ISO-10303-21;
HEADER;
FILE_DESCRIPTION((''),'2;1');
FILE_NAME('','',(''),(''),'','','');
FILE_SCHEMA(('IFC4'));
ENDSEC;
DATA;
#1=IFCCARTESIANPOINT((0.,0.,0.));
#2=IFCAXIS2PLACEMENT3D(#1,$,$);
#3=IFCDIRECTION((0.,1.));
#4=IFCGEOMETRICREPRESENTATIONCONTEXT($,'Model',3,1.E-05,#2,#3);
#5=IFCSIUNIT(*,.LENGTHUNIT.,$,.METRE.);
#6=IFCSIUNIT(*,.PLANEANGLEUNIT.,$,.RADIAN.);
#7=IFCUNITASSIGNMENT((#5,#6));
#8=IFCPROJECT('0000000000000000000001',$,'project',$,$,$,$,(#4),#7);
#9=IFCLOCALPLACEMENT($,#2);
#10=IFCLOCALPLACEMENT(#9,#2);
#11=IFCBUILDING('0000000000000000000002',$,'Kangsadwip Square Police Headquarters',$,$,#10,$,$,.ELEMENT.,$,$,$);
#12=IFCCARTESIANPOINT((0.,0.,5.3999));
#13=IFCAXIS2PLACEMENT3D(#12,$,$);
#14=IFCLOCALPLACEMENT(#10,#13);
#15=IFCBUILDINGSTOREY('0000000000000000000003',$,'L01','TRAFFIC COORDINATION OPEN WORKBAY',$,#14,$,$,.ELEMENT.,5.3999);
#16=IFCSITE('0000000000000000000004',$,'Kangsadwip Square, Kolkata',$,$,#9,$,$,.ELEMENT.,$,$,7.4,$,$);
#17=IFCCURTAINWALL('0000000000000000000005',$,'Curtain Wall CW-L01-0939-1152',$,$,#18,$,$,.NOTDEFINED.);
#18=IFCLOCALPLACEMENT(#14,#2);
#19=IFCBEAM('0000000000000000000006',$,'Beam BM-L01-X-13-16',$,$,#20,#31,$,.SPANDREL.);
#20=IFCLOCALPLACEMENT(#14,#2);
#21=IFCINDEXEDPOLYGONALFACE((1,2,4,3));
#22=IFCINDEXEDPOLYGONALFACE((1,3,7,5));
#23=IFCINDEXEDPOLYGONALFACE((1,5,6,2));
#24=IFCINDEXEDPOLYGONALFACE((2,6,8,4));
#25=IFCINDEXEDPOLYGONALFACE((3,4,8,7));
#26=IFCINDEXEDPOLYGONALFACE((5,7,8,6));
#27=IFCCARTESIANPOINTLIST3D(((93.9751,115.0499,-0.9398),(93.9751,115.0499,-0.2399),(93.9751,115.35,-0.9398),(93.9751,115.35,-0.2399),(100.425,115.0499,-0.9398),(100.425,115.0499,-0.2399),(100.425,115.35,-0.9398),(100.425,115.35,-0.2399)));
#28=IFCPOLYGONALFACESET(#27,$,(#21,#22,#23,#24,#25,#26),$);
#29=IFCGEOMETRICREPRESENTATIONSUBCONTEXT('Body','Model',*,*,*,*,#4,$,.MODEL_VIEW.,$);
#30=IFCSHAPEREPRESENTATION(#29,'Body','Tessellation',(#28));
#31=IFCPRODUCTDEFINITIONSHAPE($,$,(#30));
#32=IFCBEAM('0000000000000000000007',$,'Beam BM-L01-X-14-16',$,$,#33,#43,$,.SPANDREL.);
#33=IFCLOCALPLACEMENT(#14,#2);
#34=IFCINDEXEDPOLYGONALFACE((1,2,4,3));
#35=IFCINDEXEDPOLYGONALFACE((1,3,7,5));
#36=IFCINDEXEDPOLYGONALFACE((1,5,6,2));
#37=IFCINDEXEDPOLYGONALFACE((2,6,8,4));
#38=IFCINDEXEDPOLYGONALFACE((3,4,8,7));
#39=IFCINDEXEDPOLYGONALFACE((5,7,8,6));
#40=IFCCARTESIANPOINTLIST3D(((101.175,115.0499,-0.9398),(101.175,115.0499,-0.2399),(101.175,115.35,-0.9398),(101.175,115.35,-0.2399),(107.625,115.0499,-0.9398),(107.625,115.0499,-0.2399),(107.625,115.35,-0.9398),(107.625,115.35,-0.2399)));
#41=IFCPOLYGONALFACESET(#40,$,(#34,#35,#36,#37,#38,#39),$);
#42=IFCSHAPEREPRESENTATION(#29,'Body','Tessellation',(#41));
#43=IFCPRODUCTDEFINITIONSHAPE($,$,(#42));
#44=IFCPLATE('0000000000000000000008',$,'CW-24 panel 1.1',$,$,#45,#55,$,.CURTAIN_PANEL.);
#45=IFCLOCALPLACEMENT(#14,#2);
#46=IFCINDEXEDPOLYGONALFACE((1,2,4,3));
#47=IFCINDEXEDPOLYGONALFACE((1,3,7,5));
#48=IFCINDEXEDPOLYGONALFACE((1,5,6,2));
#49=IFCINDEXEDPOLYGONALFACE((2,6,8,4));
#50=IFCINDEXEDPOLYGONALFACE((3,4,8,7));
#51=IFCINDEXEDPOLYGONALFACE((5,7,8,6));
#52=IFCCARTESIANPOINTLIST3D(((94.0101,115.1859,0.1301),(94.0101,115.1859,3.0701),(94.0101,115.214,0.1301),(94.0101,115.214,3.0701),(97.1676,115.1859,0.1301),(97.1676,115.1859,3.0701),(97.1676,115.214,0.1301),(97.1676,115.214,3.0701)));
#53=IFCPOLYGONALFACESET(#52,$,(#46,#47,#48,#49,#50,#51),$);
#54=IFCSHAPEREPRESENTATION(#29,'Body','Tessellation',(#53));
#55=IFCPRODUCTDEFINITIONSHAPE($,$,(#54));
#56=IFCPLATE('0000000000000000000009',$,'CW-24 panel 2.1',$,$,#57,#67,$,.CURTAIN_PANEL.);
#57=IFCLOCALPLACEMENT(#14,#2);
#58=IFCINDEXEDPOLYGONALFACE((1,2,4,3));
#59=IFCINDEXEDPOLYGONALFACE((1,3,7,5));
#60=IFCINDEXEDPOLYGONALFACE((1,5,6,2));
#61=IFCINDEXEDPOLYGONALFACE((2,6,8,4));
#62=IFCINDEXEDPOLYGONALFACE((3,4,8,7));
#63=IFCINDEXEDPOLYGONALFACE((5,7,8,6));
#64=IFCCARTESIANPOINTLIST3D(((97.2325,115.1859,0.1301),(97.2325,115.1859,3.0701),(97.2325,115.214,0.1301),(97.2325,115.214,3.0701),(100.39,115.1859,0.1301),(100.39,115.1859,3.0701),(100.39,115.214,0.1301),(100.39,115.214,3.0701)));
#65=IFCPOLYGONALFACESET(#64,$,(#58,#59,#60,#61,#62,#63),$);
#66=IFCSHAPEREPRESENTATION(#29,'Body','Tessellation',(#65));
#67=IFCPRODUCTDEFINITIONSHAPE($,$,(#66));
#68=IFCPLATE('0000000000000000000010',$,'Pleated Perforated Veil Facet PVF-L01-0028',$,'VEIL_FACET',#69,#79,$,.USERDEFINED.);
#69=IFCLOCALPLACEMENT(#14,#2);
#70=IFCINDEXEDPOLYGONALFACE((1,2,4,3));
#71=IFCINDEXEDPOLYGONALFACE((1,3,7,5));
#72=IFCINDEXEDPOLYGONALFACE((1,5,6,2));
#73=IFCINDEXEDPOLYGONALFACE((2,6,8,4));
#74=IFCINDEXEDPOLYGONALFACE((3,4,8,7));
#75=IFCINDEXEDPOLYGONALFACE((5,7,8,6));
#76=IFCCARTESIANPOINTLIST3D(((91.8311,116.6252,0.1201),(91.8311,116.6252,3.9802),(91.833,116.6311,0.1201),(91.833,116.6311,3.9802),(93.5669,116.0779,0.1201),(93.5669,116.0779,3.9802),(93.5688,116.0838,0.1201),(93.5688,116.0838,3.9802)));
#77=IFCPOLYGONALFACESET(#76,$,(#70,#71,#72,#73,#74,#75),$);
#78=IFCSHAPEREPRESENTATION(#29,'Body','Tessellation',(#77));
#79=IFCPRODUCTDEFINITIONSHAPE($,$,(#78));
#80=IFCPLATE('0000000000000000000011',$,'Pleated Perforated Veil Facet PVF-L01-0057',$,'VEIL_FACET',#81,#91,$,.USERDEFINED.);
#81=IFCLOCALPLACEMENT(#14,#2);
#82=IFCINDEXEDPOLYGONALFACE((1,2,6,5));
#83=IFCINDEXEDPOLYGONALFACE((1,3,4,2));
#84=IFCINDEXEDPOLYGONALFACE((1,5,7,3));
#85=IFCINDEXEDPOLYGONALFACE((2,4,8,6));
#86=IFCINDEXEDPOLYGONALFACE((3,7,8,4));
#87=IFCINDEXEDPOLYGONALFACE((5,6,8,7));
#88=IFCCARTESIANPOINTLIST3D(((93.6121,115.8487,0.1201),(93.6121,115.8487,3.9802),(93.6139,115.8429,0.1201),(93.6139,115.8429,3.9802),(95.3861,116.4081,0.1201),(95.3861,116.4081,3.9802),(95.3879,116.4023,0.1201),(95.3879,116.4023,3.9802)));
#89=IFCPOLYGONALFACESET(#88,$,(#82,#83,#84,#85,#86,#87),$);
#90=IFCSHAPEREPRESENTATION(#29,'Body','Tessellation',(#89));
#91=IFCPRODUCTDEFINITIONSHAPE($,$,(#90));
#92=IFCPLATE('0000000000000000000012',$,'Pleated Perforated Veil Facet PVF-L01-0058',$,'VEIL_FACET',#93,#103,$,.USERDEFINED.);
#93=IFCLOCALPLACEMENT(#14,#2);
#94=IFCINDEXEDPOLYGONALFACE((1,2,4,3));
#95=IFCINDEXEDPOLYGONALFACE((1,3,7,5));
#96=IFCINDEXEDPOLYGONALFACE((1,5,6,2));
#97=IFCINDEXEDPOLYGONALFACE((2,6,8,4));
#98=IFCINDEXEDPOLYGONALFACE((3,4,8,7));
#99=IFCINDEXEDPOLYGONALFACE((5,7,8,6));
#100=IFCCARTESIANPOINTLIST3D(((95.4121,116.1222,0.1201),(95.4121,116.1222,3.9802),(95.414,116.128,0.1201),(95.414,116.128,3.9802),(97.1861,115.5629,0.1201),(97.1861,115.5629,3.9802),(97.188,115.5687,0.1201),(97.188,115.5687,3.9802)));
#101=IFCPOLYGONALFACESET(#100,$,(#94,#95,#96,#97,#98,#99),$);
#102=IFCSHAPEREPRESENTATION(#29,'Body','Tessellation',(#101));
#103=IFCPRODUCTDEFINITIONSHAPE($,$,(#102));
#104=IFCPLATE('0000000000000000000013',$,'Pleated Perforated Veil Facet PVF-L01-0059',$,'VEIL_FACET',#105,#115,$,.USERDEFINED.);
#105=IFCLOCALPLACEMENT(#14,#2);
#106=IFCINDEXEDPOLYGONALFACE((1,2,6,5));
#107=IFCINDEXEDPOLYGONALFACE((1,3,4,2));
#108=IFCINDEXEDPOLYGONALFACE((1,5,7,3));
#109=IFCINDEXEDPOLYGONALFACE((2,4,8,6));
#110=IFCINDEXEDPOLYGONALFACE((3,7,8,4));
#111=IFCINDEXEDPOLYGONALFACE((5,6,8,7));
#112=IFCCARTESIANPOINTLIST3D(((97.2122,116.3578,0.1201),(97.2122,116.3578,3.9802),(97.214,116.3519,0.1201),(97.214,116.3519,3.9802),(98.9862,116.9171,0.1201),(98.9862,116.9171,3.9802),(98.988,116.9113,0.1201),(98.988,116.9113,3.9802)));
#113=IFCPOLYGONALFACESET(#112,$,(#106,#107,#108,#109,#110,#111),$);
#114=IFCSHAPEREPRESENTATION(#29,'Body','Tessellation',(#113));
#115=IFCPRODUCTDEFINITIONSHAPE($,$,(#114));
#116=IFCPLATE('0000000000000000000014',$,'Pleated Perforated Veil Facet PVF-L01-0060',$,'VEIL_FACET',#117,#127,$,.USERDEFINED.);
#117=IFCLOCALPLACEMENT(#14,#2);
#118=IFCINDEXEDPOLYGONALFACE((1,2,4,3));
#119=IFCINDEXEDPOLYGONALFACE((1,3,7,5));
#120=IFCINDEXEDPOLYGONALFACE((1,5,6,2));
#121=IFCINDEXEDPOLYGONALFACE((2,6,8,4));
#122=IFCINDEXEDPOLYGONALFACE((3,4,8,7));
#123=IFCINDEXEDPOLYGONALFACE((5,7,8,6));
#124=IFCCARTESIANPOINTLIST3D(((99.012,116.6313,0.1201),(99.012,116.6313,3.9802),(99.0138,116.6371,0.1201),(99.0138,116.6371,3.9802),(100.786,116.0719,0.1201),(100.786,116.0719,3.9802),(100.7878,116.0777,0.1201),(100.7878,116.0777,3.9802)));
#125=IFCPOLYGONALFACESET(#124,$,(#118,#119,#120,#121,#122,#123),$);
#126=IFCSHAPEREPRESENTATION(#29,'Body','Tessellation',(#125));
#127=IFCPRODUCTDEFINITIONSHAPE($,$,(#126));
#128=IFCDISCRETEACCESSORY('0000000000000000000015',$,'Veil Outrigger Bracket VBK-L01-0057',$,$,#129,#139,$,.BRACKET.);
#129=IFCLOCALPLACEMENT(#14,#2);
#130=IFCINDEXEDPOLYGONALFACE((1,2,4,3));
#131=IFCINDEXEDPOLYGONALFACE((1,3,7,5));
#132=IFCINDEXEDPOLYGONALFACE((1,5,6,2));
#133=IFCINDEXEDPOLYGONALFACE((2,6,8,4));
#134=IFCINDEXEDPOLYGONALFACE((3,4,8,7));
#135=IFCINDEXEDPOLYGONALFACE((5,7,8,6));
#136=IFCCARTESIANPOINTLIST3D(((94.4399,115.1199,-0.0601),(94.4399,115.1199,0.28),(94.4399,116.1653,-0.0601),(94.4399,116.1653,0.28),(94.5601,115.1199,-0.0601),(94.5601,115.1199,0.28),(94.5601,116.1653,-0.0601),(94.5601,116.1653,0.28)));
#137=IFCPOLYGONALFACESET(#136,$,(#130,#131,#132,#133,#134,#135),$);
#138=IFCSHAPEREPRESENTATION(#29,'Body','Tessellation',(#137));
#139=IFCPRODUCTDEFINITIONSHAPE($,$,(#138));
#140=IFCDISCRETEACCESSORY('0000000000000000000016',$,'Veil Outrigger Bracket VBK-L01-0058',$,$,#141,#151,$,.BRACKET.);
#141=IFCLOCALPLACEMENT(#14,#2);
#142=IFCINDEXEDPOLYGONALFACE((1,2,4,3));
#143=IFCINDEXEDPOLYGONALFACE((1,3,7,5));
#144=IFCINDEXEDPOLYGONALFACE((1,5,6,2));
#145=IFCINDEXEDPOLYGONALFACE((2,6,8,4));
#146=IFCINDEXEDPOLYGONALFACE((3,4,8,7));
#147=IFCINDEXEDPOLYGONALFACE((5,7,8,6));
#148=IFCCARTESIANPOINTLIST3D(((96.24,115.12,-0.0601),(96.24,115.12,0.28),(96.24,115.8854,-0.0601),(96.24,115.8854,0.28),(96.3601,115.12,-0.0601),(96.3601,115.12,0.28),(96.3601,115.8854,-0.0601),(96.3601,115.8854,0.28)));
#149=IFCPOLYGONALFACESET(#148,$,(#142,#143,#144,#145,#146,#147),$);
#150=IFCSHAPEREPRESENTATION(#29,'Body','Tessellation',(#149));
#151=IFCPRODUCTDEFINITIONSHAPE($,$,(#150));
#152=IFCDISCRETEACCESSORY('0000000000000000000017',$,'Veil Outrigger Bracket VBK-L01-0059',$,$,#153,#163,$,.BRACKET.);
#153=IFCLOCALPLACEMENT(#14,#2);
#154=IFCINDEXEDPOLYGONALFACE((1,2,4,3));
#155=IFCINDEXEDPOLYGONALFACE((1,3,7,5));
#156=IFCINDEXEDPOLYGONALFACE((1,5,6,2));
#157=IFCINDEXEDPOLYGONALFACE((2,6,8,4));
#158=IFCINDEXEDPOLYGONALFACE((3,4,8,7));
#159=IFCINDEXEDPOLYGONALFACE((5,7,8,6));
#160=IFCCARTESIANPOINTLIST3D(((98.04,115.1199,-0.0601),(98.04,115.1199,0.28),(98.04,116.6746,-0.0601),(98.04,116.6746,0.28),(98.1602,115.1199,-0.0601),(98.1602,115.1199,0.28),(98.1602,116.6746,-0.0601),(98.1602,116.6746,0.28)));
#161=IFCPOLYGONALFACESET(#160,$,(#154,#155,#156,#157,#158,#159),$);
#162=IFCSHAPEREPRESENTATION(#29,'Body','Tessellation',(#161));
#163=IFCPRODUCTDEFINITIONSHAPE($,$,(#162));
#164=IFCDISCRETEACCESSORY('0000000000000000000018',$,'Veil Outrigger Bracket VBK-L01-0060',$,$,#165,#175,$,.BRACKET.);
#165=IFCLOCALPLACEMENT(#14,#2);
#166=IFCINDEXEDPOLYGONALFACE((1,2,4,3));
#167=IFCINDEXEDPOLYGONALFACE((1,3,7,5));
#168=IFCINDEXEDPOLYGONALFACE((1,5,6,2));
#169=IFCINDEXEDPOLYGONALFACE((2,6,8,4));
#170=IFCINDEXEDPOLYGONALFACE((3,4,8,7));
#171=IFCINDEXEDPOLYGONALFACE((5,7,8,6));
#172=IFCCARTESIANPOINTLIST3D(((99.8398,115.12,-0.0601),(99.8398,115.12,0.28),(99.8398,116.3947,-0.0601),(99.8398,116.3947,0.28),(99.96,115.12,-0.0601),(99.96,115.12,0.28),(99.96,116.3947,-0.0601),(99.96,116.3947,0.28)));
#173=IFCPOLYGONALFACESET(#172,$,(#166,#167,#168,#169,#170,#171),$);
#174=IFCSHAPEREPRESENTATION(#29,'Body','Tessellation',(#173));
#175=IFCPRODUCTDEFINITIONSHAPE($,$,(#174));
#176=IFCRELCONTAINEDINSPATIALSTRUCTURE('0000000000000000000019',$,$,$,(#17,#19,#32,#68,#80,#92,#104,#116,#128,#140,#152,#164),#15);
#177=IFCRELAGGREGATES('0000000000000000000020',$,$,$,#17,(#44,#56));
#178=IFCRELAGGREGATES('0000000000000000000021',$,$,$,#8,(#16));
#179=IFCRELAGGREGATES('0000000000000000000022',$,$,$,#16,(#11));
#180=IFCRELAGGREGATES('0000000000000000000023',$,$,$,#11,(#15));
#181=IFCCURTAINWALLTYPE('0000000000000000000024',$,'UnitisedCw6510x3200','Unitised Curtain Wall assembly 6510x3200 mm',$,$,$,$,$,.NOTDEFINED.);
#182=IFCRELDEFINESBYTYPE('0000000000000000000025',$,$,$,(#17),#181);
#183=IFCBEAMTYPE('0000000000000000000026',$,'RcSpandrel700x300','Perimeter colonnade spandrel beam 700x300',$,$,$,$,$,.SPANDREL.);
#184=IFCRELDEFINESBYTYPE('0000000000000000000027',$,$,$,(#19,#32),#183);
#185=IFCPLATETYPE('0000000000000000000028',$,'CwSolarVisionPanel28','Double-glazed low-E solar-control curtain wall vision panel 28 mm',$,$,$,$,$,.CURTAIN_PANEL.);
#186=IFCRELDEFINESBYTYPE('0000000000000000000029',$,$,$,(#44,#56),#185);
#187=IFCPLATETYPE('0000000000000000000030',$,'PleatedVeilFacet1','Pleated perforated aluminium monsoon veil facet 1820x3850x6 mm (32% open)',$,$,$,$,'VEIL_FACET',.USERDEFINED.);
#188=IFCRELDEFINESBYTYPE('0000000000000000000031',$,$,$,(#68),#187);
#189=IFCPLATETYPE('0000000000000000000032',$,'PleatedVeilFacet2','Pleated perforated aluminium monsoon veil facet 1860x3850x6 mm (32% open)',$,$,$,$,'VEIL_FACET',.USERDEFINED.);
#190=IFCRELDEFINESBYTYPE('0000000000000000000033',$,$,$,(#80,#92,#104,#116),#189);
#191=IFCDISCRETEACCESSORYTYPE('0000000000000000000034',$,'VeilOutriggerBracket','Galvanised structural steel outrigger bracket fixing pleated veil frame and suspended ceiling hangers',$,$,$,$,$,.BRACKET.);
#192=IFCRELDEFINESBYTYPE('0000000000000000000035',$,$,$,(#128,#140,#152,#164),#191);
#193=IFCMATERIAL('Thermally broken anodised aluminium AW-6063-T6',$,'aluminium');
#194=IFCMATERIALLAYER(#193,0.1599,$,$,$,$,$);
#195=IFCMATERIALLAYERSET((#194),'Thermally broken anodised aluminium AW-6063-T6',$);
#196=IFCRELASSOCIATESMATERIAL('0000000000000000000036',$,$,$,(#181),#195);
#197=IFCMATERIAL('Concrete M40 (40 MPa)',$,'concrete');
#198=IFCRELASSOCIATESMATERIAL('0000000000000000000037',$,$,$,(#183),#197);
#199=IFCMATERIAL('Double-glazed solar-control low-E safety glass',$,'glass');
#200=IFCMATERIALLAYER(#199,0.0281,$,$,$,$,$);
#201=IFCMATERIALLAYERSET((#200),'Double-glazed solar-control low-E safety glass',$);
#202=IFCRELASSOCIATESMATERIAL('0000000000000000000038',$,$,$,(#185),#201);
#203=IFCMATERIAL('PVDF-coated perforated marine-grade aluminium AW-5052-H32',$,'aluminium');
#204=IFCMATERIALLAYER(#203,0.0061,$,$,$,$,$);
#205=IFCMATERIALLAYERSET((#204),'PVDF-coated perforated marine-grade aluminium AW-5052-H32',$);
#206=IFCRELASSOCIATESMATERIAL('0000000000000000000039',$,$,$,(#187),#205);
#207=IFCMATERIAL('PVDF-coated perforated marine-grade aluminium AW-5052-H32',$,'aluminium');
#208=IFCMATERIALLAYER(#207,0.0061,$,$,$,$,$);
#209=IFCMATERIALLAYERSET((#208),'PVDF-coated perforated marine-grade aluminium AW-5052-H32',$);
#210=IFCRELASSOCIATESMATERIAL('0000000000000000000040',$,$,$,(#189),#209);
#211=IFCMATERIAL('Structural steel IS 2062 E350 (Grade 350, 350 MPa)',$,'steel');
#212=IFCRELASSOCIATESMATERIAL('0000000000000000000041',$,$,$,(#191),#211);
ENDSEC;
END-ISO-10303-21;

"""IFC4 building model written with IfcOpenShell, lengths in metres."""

from ifc_helpers import new_model, si_unit, direction, frame, origin, origin_2d, place, context, subcontext, project, spatial, rectangle, extrude, material, layer, layer_set, material_profile, profile_set, type_object, element, aggregate, save


model = new_model("IFC4")

# Units and contexts
model_context = context("Model", 3, precision=1e-05, world=origin(), true_north=direction((0.0, 1.0)))
body_context = subcontext(model_context, "Body", "Model", "MODEL_VIEW")
ifc_project = project(units=[si_unit("LENGTHUNIT", "METRE"), si_unit("PLANEANGLEUNIT", "RADIAN")], contexts=[model_context])

# Site, building, storey
site_placement = place(None, origin())
site = spatial("IfcSite", under=ifc_project, at=site_placement, Name="Kangsadwip Square, Kolkata", CompositionType="ELEMENT", RefElevation=7.4)
building_placement = place(site_placement, origin())
building = spatial("IfcBuilding", under=site, at=building_placement, Name="Kangsadwip Square Police Headquarters", CompositionType="ELEMENT")
storey_placement = place(building_placement, frame((0.0, 0.0, 5.3999)))
storey = spatial("IfcBuildingStorey", under=building, at=storey_placement, Name="L01", Description="TRAFFIC COORDINATION OPEN WORKBAY", CompositionType="ELEMENT", Elevation=5.3999)

# Curtain wall
ifc_material_1 = material(Name="Thermally broken anodised aluminium AW-6063-T6", Category="aluminium")
ifc_layer_1 = layer(ifc_material_1, 0.1599)
ifc_layer_set_1 = layer_set([ifc_layer_1], Name="Thermally broken anodised aluminium AW-6063-T6")
curtain_wall_type_1 = type_object("IfcCurtainWallType", Name="UnitisedCw6510x3200", Description="Unitised Curtain Wall assembly 6510x3200 mm", PredefinedType="NOTDEFINED", material=ifc_layer_set_1)
curtain_wall_1_placement = place(storey_placement, origin())
curtain_wall_1 = element("IfcCurtainWall", 1, at=curtain_wall_1_placement, inside=storey, type_object=curtain_wall_type_1, Name="Curtain Wall CW-L01-0939-1152", PredefinedType="NOTDEFINED")

# Beams
ifc_material_2 = material(Name="Concrete M40 (40 MPa)", Category="concrete")
ifc_material_profile_1 = material_profile(ifc_material_2, rectangle(XDim=0.3, YDim=0.7, at=origin_2d()), Name="RC SPN 700X300")
ifc_profile_set_1 = profile_set([ifc_material_profile_1], Name="Concrete M40 (40 MPa)")
beam_type = type_object("IfcBeamType", Name="RcSpandrel700x300", Description="Perimeter colonnade spandrel beam 700x300", PredefinedType="SPANDREL", material=ifc_profile_set_1)
for number, where, z_axis, x_axis, name in (
    (2, (93.9751, 115.2, -0.5898), (1.0, 0.0, 0.0), (0.0, 1.0, 0.0), "Beam BM-L01-X-13-16"),
    (3, (101.175, 115.2, -0.5898), (1.0, 0.0, 0.0), (0.0, 1.0, 0.0), "Beam BM-L01-X-14-16"),
):
    element("IfcBeam", number, at=place(storey_placement, frame(where, z_axis=z_axis, x_axis=x_axis)), inside=storey, type_object=beam_type, Name=name, PredefinedType="SPANDREL", context=body_context, shape_type="SweptSolid", body=[
        extrude(rectangle(XDim=0.3, YDim=0.7, at=origin_2d()), origin(), (0.0, 0.0, 1.0), 6.45),
    ])

# Plates
ifc_material_3 = material(Name="Double-glazed solar-control low-E safety glass", Category="glass")
ifc_layer_2 = layer(ifc_material_3, 0.0281)
ifc_layer_set_2 = layer_set([ifc_layer_2], Name="Double-glazed solar-control low-E safety glass")
plate_type_1 = type_object("IfcPlateType", Name="CwSolarVisionPanel28", Description="Double-glazed low-E solar-control curtain wall vision panel 28 mm", PredefinedType="CURTAIN_PANEL", material=ifc_layer_set_2)
plate_1_placement = place(storey_placement, frame((95.5889, 115.2, 0.1301), z_axis=(0.0, 0.0, 1.0), x_axis=(1.0, 0.0, 0.0)))
plate_1 = element("IfcPlate", 4, at=plate_1_placement, type_object=plate_type_1, Name="CW-24 panel 1.1", PredefinedType="CURTAIN_PANEL", context=body_context, shape_type="SweptSolid", body=[
    extrude(rectangle(XDim=3.1575, YDim=0.0281, at=origin_2d()), origin(), (0.0, 0.0, 1.0), 2.9399),
])
plate_2_placement = place(storey_placement, frame((98.8113, 115.2, 0.1301), z_axis=(0.0, 0.0, 1.0), x_axis=(1.0, 0.0, 0.0)))
plate_2 = element("IfcPlate", 5, at=plate_2_placement, type_object=plate_type_1, Name="CW-24 panel 2.1", PredefinedType="CURTAIN_PANEL", context=body_context, shape_type="SweptSolid", body=[
    extrude(rectangle(XDim=3.1575, YDim=0.0281, at=origin_2d()), origin(), (0.0, 0.0, 1.0), 2.9399),
])
aggregate(curtain_wall_1, [plate_1, plate_2])

# Plates
ifc_material_4 = material(Name="PVDF-coated perforated marine-grade aluminium AW-5052-H32", Category="aluminium")
ifc_layer_3 = layer(ifc_material_4, 0.0061)
ifc_layer_set_3 = layer_set([ifc_layer_3], Name="PVDF-coated perforated marine-grade aluminium AW-5052-H32")
plate_type_2 = type_object("IfcPlateType", Name="PleatedVeilFacet1", Description="Pleated perforated aluminium monsoon veil facet 1820x3850x6 mm (32% open)", ElementType="VEIL_FACET", PredefinedType="USERDEFINED", material=ifc_layer_set_3)
plate_3_placement = place(storey_placement, frame((92.7, 116.3545, 0.1201), z_axis=(0.0, 0.0, 1.0), x_axis=(0.953717, -0.300706, 0.0)))
element("IfcPlate", 6, at=plate_3_placement, inside=storey, type_object=plate_type_2, Name="Pleated Perforated Veil Facet PVF-L01-0028", ObjectType="VEIL_FACET", PredefinedType="USERDEFINED", context=body_context, shape_type="SweptSolid", body=[
    extrude(rectangle(XDim=1.8201, YDim=0.0061, at=origin_2d()), origin(), (0.0, 0.0, 1.0), 3.8601),
])
ifc_material_5 = material(Name="PVDF-coated perforated marine-grade aluminium AW-5052-H32", Category="aluminium")
ifc_layer_4 = layer(ifc_material_5, 0.0061)
ifc_layer_set_4 = layer_set([ifc_layer_4], Name="PVDF-coated perforated marine-grade aluminium AW-5052-H32")
plate_type_3 = type_object("IfcPlateType", Name="PleatedVeilFacet2", Description="Pleated perforated aluminium monsoon veil facet 1860x3850x6 mm (32% open)", ElementType="VEIL_FACET", PredefinedType="USERDEFINED", material=ifc_layer_set_4)
for number, where, z_axis, x_axis, name in (
    (7, (94.5, 116.1255, 0.1201), (0.0, 0.0, 1.0), (0.953717, 0.300706, 0.0), "Pleated Perforated Veil Facet PVF-L01-0057"),
    (8, (96.3, 115.8455, 0.1201), (0.0, 0.0, 1.0), (0.953717, -0.300706, 0.0), "Pleated Perforated Veil Facet PVF-L01-0058"),
    (9, (98.1001, 116.6345, 0.1201), (0.0, 0.0, 1.0), (0.953717, 0.300706, 0.0), "Pleated Perforated Veil Facet PVF-L01-0059"),
    (10, (99.8999, 116.3545, 0.1201), (0.0, 0.0, 1.0), (0.953717, -0.300706, 0.0), "Pleated Perforated Veil Facet PVF-L01-0060"),
):
    element("IfcPlate", number, at=place(storey_placement, frame(where, z_axis=z_axis, x_axis=x_axis)), inside=storey, type_object=plate_type_3, Name=name, ObjectType="VEIL_FACET", PredefinedType="USERDEFINED", context=body_context, shape_type="SweptSolid", body=[
        extrude(rectangle(XDim=1.8601, YDim=0.0061, at=origin_2d()), origin(), (0.0, 0.0, 1.0), 3.8601),
    ])

# Discrete accessories
ifc_material_6 = material(Name="Structural steel IS 2062 E350 (Grade 350, 350 MPa)", Category="steel")
discrete_accessory_type = type_object("IfcDiscreteAccessoryType", Name="VeilOutriggerBracket", Description="Galvanised structural steel outrigger bracket fixing pleated veil frame and suspended ceiling hangers", PredefinedType="BRACKET", material=ifc_material_6)
discrete_accessory_1_placement = place(storey_placement, frame((94.5, 115.6426, -0.0601), z_axis=(0.0, 0.0, 1.0), x_axis=(1.0, 0.0, 0.0)))
element("IfcDiscreteAccessory", 11, at=discrete_accessory_1_placement, inside=storey, type_object=discrete_accessory_type, Name="Veil Outrigger Bracket VBK-L01-0057", PredefinedType="BRACKET", context=body_context, shape_type="SweptSolid", body=[
    extrude(rectangle(XDim=0.1201, YDim=1.0454, at=origin_2d()), origin(), (0.0, 0.0, 1.0), 0.3401),
])
discrete_accessory_2_placement = place(storey_placement, frame((96.3, 115.5027, -0.0601), z_axis=(0.0, 0.0, 1.0), x_axis=(1.0, 0.0, 0.0)))
element("IfcDiscreteAccessory", 12, at=discrete_accessory_2_placement, inside=storey, type_object=discrete_accessory_type, Name="Veil Outrigger Bracket VBK-L01-0058", PredefinedType="BRACKET", context=body_context, shape_type="SweptSolid", body=[
    extrude(rectangle(XDim=0.1201, YDim=0.7654, at=origin_2d()), origin(), (0.0, 0.0, 1.0), 0.3401),
])
discrete_accessory_3_placement = place(storey_placement, frame((98.1001, 115.8972, -0.0601), z_axis=(0.0, 0.0, 1.0), x_axis=(1.0, 0.0, 0.0)))
element("IfcDiscreteAccessory", 13, at=discrete_accessory_3_placement, inside=storey, type_object=discrete_accessory_type, Name="Veil Outrigger Bracket VBK-L01-0059", PredefinedType="BRACKET", context=body_context, shape_type="SweptSolid", body=[
    extrude(rectangle(XDim=0.1201, YDim=1.5547, at=origin_2d()), origin(), (0.0, 0.0, 1.0), 0.3401),
])
discrete_accessory_4_placement = place(storey_placement, frame((99.8999, 115.7573, -0.0601), z_axis=(0.0, 0.0, 1.0), x_axis=(1.0, 0.0, 0.0)))
element("IfcDiscreteAccessory", 14, at=discrete_accessory_4_placement, inside=storey, type_object=discrete_accessory_type, Name="Veil Outrigger Bracket VBK-L01-0060", PredefinedType="BRACKET", context=body_context, shape_type="SweptSolid", body=[
    extrude(rectangle(XDim=0.1201, YDim=1.2747, at=origin_2d()), origin(), (0.0, 0.0, 1.0), 0.3401),
])

save(model, "model.ifc")
